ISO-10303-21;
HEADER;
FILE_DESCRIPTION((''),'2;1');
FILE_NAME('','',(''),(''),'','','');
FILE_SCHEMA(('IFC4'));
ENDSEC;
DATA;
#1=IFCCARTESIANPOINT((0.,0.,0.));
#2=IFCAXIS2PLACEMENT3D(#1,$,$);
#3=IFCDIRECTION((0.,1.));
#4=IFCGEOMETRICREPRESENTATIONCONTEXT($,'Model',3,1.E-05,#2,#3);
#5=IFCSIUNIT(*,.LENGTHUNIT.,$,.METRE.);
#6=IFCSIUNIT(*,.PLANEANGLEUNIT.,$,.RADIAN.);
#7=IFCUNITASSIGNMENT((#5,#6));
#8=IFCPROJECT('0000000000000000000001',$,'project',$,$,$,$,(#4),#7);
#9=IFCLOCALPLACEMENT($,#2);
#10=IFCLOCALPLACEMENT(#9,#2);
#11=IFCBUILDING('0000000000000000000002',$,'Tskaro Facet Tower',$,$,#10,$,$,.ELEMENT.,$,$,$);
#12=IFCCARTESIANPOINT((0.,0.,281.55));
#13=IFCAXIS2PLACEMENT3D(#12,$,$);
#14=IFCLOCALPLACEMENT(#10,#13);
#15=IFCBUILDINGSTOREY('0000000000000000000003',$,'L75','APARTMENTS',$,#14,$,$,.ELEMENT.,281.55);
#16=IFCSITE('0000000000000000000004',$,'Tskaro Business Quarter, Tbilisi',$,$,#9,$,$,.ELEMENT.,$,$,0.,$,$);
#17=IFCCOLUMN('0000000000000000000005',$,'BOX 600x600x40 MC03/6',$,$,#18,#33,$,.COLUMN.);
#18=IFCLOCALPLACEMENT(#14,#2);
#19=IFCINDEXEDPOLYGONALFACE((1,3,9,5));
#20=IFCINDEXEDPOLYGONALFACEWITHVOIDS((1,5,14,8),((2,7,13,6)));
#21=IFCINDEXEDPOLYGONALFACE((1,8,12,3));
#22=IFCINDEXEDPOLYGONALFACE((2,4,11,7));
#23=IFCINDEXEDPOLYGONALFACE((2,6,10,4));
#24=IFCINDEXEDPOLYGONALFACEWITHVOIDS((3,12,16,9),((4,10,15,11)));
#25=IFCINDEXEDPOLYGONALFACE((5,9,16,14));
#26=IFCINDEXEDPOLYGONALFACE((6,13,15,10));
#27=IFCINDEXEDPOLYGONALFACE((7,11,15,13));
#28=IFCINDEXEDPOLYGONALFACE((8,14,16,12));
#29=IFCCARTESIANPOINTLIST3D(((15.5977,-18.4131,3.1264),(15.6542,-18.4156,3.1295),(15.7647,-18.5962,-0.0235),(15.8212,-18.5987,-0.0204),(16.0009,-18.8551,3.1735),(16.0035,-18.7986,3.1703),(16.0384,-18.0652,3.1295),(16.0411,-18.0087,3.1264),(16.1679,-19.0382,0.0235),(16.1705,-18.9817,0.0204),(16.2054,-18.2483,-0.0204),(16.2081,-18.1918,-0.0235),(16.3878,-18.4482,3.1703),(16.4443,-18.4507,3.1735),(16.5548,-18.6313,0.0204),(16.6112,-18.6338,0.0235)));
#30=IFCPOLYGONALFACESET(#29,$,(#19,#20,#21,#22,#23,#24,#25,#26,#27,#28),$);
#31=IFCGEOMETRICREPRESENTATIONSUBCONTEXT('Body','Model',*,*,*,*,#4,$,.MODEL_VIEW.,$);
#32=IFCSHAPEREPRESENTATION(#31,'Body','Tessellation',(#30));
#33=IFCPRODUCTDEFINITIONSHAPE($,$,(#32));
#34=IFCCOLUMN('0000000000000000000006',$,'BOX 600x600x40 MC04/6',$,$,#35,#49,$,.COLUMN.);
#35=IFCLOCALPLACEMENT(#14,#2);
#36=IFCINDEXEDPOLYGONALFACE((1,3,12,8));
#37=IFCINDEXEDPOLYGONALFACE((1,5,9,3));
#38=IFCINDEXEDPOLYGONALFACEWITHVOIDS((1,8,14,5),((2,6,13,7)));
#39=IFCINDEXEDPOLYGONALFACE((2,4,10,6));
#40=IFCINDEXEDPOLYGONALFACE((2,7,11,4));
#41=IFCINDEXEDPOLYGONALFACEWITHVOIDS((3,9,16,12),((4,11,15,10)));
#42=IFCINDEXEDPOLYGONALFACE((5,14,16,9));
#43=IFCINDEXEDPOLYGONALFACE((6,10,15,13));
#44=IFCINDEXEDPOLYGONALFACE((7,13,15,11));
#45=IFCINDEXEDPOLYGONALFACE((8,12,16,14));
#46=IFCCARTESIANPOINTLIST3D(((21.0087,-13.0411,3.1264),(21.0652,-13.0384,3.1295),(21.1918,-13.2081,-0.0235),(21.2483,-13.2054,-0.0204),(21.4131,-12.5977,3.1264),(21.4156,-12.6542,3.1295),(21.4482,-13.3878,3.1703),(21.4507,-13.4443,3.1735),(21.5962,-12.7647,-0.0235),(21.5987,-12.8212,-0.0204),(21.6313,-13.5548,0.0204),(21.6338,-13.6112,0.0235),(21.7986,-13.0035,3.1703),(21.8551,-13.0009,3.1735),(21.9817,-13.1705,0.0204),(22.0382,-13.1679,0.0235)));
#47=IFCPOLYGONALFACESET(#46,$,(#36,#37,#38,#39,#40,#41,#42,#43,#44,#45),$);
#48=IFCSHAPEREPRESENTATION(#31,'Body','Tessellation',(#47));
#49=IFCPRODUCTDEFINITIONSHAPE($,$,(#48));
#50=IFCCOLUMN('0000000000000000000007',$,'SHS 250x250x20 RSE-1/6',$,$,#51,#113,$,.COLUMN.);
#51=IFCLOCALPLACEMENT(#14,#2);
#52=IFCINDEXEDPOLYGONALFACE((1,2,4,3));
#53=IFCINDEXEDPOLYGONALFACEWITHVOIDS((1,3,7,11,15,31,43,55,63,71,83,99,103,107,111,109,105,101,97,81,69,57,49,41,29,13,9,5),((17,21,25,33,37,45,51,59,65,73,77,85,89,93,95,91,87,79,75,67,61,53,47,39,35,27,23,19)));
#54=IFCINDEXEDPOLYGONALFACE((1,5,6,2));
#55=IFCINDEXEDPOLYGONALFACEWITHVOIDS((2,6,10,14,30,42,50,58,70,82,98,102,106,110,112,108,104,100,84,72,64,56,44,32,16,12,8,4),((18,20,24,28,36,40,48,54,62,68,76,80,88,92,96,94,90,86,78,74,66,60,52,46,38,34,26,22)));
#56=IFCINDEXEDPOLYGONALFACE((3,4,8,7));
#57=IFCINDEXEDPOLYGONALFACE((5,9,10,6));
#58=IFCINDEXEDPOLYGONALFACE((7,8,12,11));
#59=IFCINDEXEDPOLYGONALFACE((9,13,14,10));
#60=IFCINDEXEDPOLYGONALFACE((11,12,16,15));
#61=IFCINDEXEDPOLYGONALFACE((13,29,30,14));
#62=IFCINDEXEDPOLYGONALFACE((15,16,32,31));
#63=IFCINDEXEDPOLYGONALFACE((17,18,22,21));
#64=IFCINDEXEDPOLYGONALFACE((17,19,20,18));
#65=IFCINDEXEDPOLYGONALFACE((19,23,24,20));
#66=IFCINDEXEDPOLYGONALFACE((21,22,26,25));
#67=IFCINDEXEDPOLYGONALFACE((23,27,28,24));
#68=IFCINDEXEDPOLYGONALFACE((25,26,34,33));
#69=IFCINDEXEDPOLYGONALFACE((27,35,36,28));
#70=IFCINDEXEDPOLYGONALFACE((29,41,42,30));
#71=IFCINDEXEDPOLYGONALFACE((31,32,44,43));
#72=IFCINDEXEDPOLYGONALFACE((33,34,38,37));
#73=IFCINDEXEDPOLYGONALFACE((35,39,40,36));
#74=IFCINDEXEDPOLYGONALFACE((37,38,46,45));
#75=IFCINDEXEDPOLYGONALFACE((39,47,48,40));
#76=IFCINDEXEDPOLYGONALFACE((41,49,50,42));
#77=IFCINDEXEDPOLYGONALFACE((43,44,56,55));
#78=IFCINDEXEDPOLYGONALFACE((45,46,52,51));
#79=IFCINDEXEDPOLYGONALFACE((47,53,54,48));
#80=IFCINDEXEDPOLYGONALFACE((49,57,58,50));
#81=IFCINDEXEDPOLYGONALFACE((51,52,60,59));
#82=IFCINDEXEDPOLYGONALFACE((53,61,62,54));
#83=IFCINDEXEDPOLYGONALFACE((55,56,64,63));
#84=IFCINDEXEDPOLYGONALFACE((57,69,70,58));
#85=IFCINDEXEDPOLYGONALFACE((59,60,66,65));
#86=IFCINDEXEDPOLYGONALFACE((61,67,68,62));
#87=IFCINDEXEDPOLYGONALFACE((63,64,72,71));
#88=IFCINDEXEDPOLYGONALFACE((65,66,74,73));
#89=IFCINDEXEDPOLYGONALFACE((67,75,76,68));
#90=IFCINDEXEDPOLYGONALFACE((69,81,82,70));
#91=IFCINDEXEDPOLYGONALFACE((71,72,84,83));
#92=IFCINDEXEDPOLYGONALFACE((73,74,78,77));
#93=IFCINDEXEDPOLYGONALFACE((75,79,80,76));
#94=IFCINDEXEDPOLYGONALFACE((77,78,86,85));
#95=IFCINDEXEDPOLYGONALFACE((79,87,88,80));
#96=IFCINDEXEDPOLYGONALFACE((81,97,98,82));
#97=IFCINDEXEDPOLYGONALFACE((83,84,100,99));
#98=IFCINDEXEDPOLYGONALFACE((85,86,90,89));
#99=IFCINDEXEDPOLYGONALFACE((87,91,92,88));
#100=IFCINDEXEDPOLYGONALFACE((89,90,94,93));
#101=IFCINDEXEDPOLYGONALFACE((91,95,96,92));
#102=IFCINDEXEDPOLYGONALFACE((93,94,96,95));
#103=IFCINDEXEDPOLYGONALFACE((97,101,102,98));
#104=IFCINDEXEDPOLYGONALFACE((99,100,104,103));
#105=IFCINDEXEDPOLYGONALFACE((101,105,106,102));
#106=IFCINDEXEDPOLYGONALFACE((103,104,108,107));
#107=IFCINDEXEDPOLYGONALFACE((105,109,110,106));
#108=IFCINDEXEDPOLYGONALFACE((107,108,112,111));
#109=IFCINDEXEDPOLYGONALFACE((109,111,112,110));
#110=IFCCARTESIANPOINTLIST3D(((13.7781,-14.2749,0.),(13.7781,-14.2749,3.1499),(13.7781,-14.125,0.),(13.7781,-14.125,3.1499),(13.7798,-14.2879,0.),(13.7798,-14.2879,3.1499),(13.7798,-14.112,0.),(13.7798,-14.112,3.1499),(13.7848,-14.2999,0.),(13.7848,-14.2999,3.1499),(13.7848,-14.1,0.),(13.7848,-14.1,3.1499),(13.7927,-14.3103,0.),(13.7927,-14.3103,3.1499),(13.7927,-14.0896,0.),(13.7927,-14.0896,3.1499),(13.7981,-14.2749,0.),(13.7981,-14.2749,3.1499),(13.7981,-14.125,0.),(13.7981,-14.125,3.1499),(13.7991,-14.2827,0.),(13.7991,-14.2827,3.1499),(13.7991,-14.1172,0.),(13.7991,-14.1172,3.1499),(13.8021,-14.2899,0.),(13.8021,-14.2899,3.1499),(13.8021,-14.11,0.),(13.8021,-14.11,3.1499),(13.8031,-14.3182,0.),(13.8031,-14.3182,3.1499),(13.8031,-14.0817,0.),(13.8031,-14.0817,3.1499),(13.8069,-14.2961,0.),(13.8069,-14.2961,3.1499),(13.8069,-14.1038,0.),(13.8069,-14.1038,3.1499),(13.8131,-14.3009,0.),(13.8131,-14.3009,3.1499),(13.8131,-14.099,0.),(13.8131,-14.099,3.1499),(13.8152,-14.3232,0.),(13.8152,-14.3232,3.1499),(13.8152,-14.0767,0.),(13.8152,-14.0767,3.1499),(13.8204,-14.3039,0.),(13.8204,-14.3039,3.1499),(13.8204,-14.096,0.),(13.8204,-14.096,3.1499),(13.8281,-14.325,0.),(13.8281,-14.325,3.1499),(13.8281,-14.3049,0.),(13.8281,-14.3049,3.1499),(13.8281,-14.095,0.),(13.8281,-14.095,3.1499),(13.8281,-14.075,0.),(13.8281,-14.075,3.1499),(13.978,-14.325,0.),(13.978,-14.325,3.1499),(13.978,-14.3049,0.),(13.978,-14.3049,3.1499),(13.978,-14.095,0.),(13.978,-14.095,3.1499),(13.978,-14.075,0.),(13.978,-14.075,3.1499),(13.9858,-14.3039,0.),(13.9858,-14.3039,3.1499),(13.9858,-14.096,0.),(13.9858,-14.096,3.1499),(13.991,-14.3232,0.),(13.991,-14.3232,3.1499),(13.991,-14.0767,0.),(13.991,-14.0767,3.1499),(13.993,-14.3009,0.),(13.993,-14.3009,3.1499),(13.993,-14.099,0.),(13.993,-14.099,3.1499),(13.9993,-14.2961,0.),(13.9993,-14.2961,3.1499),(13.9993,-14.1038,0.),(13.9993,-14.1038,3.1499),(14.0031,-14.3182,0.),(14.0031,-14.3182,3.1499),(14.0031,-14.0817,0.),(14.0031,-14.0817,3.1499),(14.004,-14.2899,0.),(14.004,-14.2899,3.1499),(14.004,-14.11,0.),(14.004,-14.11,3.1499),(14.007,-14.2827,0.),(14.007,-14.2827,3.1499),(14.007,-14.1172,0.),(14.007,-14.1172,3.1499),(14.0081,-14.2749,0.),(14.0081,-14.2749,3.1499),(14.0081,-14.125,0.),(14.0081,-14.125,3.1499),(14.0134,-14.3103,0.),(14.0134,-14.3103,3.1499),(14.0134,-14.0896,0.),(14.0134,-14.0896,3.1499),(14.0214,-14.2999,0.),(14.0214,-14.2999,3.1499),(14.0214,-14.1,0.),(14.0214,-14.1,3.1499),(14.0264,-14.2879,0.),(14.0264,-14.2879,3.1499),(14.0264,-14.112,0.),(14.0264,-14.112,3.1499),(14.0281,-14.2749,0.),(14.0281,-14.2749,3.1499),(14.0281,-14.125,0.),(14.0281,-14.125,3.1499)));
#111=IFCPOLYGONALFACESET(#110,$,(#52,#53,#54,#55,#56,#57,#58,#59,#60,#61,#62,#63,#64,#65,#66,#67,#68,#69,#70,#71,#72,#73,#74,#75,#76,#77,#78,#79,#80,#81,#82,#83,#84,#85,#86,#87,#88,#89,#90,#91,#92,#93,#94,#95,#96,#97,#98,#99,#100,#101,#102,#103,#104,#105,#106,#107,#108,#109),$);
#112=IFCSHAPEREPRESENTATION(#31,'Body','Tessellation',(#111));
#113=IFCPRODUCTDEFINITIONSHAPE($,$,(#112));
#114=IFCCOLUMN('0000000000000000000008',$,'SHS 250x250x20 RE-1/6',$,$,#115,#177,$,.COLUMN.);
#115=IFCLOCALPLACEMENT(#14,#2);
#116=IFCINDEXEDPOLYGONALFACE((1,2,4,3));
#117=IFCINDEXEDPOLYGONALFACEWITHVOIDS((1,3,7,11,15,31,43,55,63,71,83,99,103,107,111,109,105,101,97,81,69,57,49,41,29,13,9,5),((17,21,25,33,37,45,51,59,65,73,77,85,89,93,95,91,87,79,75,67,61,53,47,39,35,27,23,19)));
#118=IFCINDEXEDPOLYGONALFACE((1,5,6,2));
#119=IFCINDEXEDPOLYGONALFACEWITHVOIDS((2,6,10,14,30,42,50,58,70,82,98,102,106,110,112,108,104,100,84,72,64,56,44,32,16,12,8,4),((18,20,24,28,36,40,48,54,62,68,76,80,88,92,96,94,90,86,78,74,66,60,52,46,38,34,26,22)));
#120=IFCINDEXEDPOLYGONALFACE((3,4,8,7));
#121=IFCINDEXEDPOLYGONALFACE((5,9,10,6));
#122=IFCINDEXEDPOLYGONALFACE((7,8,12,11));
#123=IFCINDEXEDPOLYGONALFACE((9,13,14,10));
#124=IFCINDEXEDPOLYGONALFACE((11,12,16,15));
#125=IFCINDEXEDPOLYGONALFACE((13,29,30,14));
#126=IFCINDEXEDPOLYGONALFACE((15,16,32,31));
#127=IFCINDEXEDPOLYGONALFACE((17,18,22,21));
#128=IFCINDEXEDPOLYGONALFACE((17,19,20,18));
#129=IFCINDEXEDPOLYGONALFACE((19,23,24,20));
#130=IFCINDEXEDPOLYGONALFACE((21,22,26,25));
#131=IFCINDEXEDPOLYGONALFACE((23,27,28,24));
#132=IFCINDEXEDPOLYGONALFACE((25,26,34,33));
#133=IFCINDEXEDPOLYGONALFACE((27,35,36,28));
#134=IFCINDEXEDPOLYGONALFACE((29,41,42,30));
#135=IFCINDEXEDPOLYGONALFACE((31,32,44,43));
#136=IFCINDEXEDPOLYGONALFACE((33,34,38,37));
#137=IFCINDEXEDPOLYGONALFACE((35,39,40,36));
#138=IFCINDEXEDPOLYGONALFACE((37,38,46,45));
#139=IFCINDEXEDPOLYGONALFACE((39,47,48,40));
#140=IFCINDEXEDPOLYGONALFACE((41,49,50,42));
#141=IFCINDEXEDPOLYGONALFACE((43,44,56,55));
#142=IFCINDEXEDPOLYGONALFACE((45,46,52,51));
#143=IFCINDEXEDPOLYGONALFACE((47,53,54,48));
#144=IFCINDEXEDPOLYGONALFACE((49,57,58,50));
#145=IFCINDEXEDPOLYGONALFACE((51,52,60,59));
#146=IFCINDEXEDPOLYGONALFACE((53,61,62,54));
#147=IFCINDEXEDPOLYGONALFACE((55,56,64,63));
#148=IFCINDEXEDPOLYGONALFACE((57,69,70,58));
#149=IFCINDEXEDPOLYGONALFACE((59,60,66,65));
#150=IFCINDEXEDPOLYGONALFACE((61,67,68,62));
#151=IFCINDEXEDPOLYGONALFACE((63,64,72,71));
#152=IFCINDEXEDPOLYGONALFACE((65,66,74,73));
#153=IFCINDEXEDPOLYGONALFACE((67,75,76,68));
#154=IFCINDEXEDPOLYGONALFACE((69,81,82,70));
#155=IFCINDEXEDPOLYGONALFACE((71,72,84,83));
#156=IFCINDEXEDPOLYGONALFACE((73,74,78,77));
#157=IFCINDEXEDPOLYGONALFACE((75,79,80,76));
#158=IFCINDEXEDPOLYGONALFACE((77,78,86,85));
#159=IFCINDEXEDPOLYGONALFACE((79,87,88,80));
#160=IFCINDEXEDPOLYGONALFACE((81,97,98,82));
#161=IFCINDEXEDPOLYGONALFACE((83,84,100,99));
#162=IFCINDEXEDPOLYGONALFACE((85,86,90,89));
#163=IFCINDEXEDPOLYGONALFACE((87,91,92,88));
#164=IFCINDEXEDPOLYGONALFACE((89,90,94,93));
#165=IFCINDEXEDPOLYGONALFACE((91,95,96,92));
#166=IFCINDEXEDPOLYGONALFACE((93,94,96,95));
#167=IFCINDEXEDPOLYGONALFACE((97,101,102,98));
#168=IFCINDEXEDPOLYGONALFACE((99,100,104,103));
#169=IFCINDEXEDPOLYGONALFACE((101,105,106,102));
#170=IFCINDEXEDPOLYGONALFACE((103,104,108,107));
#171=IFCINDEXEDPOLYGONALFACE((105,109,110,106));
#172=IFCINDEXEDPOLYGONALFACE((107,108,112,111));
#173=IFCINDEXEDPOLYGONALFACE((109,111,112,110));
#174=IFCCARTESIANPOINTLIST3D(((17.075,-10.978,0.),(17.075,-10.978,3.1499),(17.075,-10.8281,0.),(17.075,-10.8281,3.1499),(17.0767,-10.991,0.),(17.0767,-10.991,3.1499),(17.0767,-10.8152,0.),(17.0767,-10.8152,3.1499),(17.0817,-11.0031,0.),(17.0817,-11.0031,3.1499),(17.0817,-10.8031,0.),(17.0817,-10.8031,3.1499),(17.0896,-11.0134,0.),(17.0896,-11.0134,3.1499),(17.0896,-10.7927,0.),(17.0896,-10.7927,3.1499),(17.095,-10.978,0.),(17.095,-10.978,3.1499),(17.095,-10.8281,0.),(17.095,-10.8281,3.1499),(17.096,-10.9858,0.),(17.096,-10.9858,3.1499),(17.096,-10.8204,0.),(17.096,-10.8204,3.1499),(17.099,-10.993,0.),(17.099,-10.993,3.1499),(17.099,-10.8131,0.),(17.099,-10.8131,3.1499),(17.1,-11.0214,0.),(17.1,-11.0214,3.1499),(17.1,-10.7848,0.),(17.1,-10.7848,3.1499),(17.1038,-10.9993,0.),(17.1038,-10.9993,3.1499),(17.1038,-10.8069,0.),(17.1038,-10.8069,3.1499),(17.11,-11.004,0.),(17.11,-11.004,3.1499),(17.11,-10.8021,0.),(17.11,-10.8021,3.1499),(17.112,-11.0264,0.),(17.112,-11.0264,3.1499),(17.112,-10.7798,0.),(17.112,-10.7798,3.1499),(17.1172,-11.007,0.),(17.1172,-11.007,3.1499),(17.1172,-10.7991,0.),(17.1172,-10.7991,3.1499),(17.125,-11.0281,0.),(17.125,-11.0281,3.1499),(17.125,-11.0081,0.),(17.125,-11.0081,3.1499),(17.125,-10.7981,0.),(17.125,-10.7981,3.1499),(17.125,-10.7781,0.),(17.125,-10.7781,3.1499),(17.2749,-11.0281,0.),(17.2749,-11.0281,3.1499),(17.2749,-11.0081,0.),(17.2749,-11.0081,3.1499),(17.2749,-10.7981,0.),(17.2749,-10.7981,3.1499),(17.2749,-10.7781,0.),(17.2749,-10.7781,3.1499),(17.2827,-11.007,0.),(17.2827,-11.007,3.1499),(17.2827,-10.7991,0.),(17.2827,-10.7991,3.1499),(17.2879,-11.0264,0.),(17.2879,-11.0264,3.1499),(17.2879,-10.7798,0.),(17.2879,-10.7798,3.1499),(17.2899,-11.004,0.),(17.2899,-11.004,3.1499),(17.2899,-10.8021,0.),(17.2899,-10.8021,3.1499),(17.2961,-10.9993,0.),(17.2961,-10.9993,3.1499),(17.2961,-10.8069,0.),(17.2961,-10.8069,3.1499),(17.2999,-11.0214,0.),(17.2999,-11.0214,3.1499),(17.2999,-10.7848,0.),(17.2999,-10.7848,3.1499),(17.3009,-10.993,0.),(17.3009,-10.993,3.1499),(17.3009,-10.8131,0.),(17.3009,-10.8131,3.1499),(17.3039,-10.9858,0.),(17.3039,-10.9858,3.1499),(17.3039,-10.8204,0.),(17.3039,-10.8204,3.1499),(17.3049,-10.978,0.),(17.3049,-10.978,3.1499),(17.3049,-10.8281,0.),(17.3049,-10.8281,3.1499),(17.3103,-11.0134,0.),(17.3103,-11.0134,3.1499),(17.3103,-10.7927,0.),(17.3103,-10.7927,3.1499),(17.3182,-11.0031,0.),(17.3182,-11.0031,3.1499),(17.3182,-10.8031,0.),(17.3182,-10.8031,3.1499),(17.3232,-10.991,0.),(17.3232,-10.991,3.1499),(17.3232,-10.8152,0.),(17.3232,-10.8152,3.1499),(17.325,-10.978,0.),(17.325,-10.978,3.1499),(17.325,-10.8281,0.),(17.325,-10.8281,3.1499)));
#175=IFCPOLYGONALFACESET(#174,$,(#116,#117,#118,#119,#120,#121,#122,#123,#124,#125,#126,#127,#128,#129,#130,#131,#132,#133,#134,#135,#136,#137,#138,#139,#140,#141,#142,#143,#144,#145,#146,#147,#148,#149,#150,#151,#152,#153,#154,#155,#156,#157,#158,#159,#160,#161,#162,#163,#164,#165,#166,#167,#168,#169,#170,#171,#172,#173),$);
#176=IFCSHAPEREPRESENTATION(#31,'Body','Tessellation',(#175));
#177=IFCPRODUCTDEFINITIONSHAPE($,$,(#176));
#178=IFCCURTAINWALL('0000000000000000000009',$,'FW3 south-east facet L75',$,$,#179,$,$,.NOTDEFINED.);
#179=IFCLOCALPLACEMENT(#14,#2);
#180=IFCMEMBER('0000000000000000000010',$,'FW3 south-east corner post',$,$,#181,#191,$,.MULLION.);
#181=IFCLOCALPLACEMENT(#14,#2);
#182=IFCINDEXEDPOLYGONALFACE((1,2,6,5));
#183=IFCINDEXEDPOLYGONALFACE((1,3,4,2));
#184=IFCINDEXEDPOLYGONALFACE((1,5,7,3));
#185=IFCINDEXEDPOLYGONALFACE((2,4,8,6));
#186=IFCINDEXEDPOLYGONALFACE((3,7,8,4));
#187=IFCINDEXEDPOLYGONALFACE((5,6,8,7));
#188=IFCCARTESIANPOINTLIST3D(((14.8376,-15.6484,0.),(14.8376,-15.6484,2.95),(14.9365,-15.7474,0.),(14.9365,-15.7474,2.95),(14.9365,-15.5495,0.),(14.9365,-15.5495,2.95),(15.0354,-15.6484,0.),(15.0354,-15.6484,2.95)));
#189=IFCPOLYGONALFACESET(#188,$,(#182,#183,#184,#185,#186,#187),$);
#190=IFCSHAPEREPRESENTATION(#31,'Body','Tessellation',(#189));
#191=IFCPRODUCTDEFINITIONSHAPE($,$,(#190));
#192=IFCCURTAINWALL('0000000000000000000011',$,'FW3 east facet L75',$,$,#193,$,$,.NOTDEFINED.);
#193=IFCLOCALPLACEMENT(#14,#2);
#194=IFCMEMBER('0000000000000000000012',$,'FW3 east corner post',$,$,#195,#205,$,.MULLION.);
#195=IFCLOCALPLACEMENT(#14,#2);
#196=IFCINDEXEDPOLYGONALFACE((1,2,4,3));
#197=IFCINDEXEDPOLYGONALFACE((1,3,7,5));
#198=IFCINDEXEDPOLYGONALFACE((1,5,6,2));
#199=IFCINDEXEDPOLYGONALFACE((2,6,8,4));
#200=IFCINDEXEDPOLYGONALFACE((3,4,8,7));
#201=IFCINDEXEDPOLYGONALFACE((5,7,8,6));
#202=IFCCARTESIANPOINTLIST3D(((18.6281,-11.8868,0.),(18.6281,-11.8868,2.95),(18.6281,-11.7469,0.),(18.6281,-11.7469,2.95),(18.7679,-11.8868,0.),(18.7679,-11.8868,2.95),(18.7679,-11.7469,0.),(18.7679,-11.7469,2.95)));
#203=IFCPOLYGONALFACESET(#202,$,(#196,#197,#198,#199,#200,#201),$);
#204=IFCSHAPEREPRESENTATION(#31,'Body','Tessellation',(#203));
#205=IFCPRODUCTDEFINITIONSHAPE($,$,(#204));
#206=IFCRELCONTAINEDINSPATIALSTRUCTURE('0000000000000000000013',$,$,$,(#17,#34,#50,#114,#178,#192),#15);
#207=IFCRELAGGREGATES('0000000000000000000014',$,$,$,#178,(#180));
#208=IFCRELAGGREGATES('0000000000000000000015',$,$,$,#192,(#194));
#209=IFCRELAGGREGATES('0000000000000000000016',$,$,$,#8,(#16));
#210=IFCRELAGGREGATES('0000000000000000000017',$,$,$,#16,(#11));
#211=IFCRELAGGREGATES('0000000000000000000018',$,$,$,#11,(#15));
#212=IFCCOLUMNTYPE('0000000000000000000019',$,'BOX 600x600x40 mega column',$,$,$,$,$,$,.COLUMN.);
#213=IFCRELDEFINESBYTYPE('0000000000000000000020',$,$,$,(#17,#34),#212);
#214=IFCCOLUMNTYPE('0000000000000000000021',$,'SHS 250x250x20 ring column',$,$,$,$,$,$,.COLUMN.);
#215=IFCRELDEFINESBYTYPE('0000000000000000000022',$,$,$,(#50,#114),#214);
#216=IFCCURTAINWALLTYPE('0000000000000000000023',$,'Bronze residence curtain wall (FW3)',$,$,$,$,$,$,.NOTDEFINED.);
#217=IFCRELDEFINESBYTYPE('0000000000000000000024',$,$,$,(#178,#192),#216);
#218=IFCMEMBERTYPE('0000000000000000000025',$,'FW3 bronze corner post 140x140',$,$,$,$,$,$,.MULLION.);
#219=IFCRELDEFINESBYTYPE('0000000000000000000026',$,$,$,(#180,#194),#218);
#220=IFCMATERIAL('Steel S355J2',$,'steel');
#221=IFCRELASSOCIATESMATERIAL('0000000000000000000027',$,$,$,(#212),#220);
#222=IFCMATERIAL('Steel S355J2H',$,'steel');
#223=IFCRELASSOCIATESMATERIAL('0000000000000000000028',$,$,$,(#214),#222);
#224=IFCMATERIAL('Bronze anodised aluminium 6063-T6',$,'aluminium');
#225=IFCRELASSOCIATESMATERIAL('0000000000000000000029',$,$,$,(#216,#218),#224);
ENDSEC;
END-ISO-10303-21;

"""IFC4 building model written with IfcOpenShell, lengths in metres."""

from ifc_helpers import new_model, si_unit, direction, frame, origin, origin_2d, place, context, subcontext, project, spatial, rectangle, hollow_rectangle, extrude, material, material_profile, profile_set, type_object, element, aggregate, save


model = new_model("IFC4")

# Units and contexts
model_context = context("Model", 3, precision=1e-05, world=origin(), true_north=direction((0.0, 1.0)))
body_context = subcontext(model_context, "Body", "Model", "MODEL_VIEW")
ifc_project = project(units=[si_unit("LENGTHUNIT", "METRE"), si_unit("PLANEANGLEUNIT", "RADIAN")], contexts=[model_context])

# Site, building, storey
site_placement = place(None, origin())
site = spatial("IfcSite", under=ifc_project, at=site_placement, Name="Tskaro Business Quarter, Tbilisi", CompositionType="ELEMENT", RefElevation=0.0)
building_placement = place(site_placement, origin())
building = spatial("IfcBuilding", under=site, at=building_placement, Name="Tskaro Facet Tower", CompositionType="ELEMENT")
storey_placement = place(building_placement, frame((0.0, 0.0, 281.55)))
storey = spatial("IfcBuildingStorey", under=building, at=storey_placement, Name="L75", Description="APARTMENTS", CompositionType="ELEMENT", Elevation=281.55)

# Columns
ifc_material_1 = material(Name="Steel S355J2", Category="steel")
ifc_material_profile_1 = material_profile(ifc_material_1, hollow_rectangle(XDim=0.6001, YDim=0.6001, WallThickness=0.04, at=origin_2d()), Name="BOX 600x600x40")
ifc_profile_set_1 = profile_set([ifc_material_profile_1], Name="Steel S355J2")
column_type_1 = type_object("IfcColumnType", Name="BOX 600x600x40 mega column", PredefinedType="COLUMN", material=ifc_profile_set_1)
for number, where, z_axis, x_axis, name in (
    (1, (16.188, -18.615, 0.0), (-0.052852, 0.057951, 0.996919), (-0.738869, -0.673849, 0.0), "BOX 600x600x40 MC03/6"),
    (2, (21.615, -13.188, 0.0), (-0.057951, 0.052852, 0.996919), (-0.673849, -0.738869, 0.0), "BOX 600x600x40 MC04/6"),
):
    element("IfcColumn", number, at=place(storey_placement, frame(where, z_axis=z_axis, x_axis=x_axis)), inside=storey, type_object=column_type_1, Name=name, PredefinedType="COLUMN", context=body_context, shape_type="SweptSolid", body=[
        extrude(hollow_rectangle(XDim=0.6001, YDim=0.6001, WallThickness=0.04, at=origin_2d()), origin(), (0.0, 0.0, 1.0), 3.1597),
    ])
ifc_material_2 = material(Name="Steel S355J2H", Category="steel")
ifc_material_profile_2 = material_profile(ifc_material_2, hollow_rectangle(XDim=0.25, YDim=0.25, WallThickness=0.02, InnerFilletRadius=0.03, OuterFilletRadius=0.05, at=origin_2d()), Name="SHS 250x250x20")
ifc_profile_set_2 = profile_set([ifc_material_profile_2], Name="Steel S355J2H")
column_type_2 = type_object("IfcColumnType", Name="SHS 250x250x20 ring column", PredefinedType="COLUMN", material=ifc_profile_set_2)
for number, where, z_axis, x_axis, name in (
    (3, (13.9031, -14.2, 0.0), (0.0, 0.0, 1.0), (1.0, 0.0, 0.0), "SHS 250x250x20 RSE-1/6"),
    (4, (17.2, -10.9031, 0.0), (0.0, 0.0, 1.0), (1.0, 0.0, 0.0), "SHS 250x250x20 RE-1/6"),
):
    element("IfcColumn", number, at=place(storey_placement, frame(where, z_axis=z_axis, x_axis=x_axis)), inside=storey, type_object=column_type_2, Name=name, PredefinedType="COLUMN", context=body_context, shape_type="SweptSolid", body=[
        extrude(hollow_rectangle(XDim=0.25, YDim=0.25, WallThickness=0.02, InnerFilletRadius=0.03, OuterFilletRadius=0.05, at=origin_2d()), origin(), (0.0, 0.0, 1.0), 3.1499),
    ])

# Curtain wall, member
ifc_material_3 = material(Name="Bronze anodised aluminium 6063-T6", Category="aluminium")
curtain_wall_type = type_object("IfcCurtainWallType", Name="Bronze residence curtain wall (FW3)", PredefinedType="NOTDEFINED", material=ifc_material_3)
curtain_wall_1_placement = place(storey_placement, origin())
curtain_wall_1 = element("IfcCurtainWall", 5, at=curtain_wall_1_placement, inside=storey, type_object=curtain_wall_type, Name="FW3 south-east facet L75", PredefinedType="NOTDEFINED")
ifc_material_profile_3 = material_profile(ifc_material_3, rectangle(XDim=0.1399, YDim=0.1399, at=origin_2d()), Name="Corner post 140x140")
ifc_profile_set_3 = profile_set([ifc_material_profile_3], Name="Bronze anodised aluminium 6063-T6")
member_type_1 = type_object("IfcMemberType", Name="FW3 bronze corner post 140x140", PredefinedType="MULLION", material=ifc_profile_set_3)
member_1_placement = place(storey_placement, frame((14.9365, -15.6484, 0.0), z_axis=(0.0, 0.0, 1.0), x_axis=(0.707107, 0.707107, 0.0)))
member_1 = element("IfcMember", 6, at=member_1_placement, type_object=member_type_1, Name="FW3 south-east corner post", PredefinedType="MULLION", context=body_context, shape_type="SweptSolid", body=[
    extrude(rectangle(XDim=0.1399, YDim=0.1399, at=origin_2d()), origin(), (0.0, 0.0, 1.0), 2.95),
])

# Curtain wall, member
curtain_wall_2_placement = place(storey_placement, origin())
curtain_wall_2 = element("IfcCurtainWall", 7, at=curtain_wall_2_placement, inside=storey, type_object=curtain_wall_type, Name="FW3 east facet L75", PredefinedType="NOTDEFINED")
member_2_placement = place(storey_placement, frame((18.698, -11.8169, 0.0), z_axis=(0.0, 0.0, 1.0), x_axis=(0.0, 1.0, 0.0)))
member_2 = element("IfcMember", 8, at=member_2_placement, type_object=member_type_1, Name="FW3 east corner post", PredefinedType="MULLION", context=body_context, shape_type="SweptSolid", body=[
    extrude(rectangle(XDim=0.1399, YDim=0.1399, at=origin_2d()), origin(), (0.0, 0.0, 1.0), 2.95),
])

aggregate(curtain_wall_1, [member_1])
aggregate(curtain_wall_2, [member_2])

save(model, "model.ifc")
